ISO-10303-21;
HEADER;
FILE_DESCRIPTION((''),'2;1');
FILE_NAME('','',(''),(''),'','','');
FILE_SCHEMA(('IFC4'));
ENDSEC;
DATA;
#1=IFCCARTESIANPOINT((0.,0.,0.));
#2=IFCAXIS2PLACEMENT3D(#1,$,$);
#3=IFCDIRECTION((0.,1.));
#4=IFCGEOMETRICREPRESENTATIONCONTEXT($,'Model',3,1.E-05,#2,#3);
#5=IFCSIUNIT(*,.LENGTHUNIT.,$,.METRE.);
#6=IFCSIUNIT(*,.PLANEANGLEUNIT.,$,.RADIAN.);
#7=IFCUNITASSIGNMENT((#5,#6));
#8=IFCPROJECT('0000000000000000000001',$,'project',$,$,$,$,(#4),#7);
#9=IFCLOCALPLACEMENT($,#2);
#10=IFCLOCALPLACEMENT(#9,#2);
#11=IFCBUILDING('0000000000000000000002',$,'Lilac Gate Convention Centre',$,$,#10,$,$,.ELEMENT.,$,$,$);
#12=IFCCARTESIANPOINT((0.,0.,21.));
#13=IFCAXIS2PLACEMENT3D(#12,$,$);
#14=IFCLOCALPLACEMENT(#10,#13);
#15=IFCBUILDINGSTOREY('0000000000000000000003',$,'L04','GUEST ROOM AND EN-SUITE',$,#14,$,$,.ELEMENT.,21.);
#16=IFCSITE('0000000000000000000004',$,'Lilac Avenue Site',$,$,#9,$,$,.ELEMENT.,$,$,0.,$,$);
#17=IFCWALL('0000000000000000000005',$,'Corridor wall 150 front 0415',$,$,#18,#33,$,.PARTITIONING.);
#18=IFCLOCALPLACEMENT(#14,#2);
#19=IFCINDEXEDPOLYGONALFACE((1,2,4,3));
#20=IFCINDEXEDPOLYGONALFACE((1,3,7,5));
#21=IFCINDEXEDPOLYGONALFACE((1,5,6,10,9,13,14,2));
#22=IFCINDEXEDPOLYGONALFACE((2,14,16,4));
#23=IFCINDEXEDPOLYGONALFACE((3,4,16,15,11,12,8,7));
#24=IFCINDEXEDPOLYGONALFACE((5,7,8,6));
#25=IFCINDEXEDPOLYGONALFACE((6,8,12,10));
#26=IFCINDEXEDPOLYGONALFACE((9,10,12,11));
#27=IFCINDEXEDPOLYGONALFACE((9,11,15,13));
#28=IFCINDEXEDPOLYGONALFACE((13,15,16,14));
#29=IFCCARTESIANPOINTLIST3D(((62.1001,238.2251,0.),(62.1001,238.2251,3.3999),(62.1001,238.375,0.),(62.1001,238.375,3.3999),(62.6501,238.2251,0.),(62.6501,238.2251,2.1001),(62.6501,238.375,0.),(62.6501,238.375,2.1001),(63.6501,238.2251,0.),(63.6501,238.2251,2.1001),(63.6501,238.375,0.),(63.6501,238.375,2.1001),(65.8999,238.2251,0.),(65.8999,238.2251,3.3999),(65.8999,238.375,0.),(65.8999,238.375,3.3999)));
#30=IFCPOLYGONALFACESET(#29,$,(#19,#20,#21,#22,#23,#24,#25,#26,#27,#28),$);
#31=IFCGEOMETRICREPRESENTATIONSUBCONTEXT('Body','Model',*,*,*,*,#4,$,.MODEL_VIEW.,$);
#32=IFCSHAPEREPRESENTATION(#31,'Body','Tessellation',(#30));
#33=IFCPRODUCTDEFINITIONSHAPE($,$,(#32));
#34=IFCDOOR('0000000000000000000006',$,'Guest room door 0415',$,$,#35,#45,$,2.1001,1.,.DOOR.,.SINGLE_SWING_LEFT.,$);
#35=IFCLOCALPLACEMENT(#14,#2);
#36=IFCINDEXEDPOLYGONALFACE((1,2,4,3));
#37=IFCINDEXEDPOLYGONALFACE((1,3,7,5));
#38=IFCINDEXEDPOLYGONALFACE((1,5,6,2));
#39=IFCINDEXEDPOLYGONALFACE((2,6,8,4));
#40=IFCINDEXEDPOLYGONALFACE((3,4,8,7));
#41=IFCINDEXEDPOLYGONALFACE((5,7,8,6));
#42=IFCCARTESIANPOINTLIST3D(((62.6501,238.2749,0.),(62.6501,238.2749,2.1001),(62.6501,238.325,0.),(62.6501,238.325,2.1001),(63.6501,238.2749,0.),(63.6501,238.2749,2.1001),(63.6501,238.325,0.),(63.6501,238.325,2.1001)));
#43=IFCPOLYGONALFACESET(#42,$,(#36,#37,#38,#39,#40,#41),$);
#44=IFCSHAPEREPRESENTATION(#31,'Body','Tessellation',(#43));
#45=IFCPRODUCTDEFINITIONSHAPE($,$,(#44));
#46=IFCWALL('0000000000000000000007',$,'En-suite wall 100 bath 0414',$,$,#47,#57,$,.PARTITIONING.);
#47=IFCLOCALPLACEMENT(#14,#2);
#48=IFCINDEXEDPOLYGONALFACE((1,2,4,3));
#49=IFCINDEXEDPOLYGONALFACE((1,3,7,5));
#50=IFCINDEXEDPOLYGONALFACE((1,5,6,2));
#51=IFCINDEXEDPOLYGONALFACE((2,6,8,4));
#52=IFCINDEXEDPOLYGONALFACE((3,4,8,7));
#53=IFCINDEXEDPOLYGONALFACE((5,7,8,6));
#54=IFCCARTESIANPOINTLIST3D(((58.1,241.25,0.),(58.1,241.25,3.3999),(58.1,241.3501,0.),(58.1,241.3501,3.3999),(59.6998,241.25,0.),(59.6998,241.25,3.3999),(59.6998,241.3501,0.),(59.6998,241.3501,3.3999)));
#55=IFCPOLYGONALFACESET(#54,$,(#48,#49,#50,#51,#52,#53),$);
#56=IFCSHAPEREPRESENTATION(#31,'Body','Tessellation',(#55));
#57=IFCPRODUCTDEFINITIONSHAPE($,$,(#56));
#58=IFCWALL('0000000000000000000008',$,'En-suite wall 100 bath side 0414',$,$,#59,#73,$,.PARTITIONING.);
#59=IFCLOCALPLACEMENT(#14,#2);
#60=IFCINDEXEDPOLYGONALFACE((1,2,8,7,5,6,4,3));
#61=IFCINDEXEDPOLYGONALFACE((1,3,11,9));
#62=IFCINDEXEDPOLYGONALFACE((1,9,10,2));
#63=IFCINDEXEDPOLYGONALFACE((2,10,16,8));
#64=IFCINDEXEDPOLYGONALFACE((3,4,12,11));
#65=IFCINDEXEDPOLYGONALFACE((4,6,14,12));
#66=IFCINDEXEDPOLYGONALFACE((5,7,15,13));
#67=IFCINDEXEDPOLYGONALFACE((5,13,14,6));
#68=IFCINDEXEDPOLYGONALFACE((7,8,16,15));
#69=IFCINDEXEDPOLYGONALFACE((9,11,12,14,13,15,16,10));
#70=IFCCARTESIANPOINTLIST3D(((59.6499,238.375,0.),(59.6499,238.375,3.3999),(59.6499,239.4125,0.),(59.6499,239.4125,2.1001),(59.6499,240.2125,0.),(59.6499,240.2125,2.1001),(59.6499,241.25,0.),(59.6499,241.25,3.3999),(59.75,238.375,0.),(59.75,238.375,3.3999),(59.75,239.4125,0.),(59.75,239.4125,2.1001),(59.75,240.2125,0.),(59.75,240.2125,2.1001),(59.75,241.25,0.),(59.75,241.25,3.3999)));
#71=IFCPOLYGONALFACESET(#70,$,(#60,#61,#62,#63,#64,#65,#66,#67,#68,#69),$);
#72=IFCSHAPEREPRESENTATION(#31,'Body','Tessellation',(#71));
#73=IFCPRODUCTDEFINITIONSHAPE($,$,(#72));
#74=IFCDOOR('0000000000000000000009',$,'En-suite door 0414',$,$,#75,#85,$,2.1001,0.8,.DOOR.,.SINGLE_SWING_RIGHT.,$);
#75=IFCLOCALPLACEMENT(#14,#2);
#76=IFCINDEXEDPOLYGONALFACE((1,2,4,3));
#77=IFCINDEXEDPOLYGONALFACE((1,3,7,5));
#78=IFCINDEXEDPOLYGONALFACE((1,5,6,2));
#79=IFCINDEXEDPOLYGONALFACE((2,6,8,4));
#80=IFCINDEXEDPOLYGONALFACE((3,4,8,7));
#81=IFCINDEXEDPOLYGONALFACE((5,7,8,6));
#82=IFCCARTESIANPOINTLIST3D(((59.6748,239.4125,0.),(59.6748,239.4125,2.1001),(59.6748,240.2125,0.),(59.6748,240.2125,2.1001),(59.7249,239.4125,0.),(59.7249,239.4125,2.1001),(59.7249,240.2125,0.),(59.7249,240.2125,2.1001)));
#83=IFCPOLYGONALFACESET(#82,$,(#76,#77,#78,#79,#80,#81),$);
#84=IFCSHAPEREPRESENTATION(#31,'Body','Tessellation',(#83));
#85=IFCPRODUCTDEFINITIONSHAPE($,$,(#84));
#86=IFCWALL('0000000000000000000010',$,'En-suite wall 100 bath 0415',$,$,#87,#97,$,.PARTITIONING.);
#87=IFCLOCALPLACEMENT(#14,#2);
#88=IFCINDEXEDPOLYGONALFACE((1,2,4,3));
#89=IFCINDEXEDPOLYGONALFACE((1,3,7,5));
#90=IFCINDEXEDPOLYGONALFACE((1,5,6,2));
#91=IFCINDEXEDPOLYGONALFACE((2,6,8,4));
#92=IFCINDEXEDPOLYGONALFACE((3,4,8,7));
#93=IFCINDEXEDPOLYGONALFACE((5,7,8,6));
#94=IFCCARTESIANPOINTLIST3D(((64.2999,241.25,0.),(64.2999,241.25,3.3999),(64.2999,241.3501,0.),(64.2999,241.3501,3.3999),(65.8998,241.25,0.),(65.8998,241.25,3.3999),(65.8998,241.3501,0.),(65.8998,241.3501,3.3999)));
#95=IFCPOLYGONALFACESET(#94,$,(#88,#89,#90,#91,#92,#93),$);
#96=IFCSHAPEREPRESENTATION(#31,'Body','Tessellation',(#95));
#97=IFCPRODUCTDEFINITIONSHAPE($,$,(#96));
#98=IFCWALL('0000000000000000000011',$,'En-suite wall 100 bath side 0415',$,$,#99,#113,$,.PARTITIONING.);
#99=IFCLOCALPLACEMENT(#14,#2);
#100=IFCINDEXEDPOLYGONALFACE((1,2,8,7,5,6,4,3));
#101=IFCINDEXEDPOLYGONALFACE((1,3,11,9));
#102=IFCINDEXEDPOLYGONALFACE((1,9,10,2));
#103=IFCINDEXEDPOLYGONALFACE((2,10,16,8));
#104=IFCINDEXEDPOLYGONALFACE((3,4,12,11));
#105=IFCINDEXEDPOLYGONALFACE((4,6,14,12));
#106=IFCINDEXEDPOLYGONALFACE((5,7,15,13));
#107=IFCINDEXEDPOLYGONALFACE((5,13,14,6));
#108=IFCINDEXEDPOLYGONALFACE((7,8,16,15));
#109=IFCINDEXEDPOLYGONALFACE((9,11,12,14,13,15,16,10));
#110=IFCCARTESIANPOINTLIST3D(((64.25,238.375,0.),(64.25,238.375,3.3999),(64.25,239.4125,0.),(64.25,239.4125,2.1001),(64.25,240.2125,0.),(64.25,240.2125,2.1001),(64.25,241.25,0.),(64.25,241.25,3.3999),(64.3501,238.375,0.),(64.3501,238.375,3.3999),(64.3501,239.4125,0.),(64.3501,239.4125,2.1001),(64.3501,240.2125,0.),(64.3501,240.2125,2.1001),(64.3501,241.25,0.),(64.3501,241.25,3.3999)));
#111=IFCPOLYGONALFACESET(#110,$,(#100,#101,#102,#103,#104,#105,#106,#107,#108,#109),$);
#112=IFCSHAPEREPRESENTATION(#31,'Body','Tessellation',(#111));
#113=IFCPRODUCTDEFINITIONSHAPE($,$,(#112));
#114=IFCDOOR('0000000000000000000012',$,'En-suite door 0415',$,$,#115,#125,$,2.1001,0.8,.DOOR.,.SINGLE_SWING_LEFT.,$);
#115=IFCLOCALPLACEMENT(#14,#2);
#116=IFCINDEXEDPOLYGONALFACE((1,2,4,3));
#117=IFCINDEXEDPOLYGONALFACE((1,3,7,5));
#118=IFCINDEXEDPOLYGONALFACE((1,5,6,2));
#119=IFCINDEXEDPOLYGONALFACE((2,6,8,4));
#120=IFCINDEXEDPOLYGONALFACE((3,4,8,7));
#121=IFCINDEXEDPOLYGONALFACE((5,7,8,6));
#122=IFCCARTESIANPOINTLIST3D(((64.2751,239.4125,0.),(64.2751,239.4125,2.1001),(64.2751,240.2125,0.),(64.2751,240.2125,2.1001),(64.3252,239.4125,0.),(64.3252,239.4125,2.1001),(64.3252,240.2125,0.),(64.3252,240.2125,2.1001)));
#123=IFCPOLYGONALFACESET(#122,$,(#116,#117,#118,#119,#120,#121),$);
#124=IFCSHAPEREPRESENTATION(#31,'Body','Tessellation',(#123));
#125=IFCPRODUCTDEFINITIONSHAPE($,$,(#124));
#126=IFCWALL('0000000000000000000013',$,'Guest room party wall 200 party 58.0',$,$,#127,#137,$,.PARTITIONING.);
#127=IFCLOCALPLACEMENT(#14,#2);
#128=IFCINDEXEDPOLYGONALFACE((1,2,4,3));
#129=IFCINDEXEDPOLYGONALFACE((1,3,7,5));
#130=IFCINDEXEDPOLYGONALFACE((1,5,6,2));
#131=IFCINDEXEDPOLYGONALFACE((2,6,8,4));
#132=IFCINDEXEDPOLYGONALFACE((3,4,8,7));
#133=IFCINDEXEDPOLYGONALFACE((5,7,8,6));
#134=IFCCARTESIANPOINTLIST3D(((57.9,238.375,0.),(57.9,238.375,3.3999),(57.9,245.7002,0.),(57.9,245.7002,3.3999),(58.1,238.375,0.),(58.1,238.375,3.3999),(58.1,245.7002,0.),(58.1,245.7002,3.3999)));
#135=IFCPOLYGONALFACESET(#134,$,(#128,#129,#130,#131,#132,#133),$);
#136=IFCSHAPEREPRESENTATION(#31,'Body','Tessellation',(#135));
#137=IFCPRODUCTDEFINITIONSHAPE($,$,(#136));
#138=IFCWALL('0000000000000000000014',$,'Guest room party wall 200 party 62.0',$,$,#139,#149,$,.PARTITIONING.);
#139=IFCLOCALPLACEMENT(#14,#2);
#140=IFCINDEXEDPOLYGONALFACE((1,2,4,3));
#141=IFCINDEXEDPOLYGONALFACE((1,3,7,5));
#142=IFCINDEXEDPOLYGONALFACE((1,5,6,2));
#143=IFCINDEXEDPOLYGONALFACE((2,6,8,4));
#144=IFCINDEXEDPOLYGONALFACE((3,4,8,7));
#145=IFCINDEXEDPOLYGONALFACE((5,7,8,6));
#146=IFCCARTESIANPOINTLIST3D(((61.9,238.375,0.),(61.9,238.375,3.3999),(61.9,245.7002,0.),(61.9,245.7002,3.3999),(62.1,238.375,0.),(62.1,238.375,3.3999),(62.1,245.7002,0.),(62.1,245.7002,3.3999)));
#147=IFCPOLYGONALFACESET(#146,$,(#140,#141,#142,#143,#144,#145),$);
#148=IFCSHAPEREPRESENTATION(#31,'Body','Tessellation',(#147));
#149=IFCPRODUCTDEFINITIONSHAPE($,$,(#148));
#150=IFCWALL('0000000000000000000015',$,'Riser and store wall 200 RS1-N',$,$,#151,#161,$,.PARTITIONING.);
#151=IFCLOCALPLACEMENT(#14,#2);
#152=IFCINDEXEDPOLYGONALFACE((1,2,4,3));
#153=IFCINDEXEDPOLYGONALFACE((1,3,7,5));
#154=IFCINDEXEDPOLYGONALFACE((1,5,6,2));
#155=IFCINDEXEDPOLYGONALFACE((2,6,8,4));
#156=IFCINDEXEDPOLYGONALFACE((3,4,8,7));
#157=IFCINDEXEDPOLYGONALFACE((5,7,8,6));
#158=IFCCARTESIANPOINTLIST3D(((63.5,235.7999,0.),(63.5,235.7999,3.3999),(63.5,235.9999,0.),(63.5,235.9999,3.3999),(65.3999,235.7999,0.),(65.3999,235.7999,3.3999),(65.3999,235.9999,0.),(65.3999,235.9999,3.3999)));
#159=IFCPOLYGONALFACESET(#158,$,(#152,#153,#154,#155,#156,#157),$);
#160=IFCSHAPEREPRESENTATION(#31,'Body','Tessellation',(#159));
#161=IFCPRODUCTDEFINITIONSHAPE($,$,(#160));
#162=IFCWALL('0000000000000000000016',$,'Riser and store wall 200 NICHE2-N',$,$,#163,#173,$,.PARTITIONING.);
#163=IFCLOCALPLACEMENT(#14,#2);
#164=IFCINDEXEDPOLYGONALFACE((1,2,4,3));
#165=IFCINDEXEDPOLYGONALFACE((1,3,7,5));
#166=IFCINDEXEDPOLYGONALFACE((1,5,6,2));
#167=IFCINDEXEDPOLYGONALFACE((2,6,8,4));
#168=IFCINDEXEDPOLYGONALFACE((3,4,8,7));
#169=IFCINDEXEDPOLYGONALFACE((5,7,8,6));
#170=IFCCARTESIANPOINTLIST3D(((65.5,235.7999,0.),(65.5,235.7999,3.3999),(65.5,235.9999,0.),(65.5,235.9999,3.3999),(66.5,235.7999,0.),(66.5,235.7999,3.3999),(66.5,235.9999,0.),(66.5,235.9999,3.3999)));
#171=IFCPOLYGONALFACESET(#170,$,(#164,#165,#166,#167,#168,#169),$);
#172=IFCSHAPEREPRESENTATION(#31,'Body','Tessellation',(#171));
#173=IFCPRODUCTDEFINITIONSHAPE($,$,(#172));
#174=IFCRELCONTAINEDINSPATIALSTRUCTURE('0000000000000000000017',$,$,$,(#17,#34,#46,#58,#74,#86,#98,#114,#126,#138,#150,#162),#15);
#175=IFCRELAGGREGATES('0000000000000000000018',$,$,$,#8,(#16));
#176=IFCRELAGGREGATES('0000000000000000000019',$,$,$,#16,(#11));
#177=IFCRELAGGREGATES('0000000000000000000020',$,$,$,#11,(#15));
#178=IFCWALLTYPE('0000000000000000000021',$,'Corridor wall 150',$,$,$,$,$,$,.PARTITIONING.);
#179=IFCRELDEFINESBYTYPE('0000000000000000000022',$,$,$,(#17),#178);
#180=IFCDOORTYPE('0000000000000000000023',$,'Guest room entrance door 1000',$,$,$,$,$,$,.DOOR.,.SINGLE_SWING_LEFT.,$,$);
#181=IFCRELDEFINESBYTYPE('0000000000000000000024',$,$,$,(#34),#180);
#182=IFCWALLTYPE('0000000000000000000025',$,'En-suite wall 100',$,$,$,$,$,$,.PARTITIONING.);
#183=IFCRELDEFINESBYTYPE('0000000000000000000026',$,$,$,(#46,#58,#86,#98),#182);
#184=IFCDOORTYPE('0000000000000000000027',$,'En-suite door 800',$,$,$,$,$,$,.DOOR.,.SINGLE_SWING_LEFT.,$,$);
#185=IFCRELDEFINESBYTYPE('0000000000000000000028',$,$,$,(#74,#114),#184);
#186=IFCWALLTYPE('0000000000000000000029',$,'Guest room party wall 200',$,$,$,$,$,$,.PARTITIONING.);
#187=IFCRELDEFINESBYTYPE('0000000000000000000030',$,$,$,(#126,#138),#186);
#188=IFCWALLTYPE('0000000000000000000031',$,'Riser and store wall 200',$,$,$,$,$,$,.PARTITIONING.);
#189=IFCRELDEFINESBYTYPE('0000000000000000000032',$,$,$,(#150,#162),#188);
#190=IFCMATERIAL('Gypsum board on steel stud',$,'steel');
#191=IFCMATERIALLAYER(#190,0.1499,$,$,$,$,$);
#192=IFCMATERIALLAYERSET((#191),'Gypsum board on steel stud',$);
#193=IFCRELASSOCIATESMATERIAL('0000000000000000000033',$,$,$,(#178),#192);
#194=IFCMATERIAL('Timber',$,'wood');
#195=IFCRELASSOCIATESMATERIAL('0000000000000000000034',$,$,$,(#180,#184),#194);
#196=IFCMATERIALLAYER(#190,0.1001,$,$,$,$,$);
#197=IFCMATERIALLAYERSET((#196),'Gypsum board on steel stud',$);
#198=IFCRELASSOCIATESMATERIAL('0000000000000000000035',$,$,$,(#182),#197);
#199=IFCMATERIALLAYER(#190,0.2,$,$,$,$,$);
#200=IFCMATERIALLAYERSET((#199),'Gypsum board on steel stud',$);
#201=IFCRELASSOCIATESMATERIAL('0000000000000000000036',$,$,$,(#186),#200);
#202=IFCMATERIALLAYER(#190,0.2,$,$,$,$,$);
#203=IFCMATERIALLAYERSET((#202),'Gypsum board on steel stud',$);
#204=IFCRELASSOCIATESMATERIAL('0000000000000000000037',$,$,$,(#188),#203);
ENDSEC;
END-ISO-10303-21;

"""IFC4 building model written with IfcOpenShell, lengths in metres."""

from ifc_helpers import new_model, si_unit, direction, frame, frame_2d, origin, place, context, subcontext, project, spatial, rectangle, extrude, material, layer, layer_set, type_object, element, fill, save


model = new_model("IFC4")

# Units and contexts
model_context = context("Model", 3, precision=1e-05, world=origin(), true_north=direction((0.0, 1.0)))
body_context = subcontext(model_context, "Body", "Model", "MODEL_VIEW")
ifc_project = project(units=[si_unit("LENGTHUNIT", "METRE"), si_unit("PLANEANGLEUNIT", "RADIAN")], contexts=[model_context])

# Site, building, storey
site_placement = place(None, origin())
site = spatial("IfcSite", under=ifc_project, at=site_placement, Name="Lilac Avenue Site", CompositionType="ELEMENT", RefElevation=0.0)
building_placement = place(site_placement, origin())
building = spatial("IfcBuilding", under=site, at=building_placement, Name="Lilac Gate Convention Centre", CompositionType="ELEMENT")
storey_placement = place(building_placement, frame((0.0, 0.0, 21.0)))
storey = spatial("IfcBuildingStorey", under=building, at=storey_placement, Name="L04", Description="GUEST ROOM AND EN-SUITE", CompositionType="ELEMENT", Elevation=21.0)

# Wall, opening, door
ifc_material_1 = material(Name="Gypsum board on steel stud", Category="steel")
ifc_layer_1 = layer(ifc_material_1, 0.1499)
ifc_layer_set_1 = layer_set([ifc_layer_1], Name="Gypsum board on steel stud")
wall_type_1 = type_object("IfcWallType", Name="Corridor wall 150", PredefinedType="PARTITIONING", material=ifc_layer_set_1)
ifc_material_2 = material(Name="Timber", Category="wood")
door_type_1 = type_object("IfcDoorType", Name="Guest room entrance door 1000", OperationType="SINGLE_SWING_LEFT", PredefinedType="DOOR", material=ifc_material_2)
wall_1_placement = place(storey_placement, frame((62.1001, 238.3, 0.0), z_axis=(0.0, 0.0, 1.0), x_axis=(1.0, 0.0, 0.0)))
wall_1 = element("IfcWall", 1, at=wall_1_placement, inside=storey, type_object=wall_type_1, Name="Corridor wall 150 front 0415", PredefinedType="PARTITIONING", context=body_context, shape_type="SweptSolid", body=[
    extrude(rectangle(XDim=3.7998, YDim=0.1499, at=frame_2d((1.8999, 0.0))), origin(), (0.0, 0.0, 1.0), 3.3999),
])
opening_1_placement = place(wall_1_placement, frame((0.55, 0.0, 0.0)))
opening_1 = element("IfcOpeningElement", 2, at=opening_1_placement, cuts=wall_1, PredefinedType="OPENING", context=body_context, shape_type="SweptSolid", body=[
    extrude(rectangle(XDim=1.0, YDim=2.1001, at=frame_2d((0.5, 1.05))), frame((0.0, 0.085, 0.0), z_axis=(0.0, -1.0, 0.0), x_axis=(1.0, 0.0, 0.0)), (0.0, 0.0, 1.0), 0.1699),
])
door_1_placement = place(opening_1_placement, origin())
door_1 = element("IfcDoor", 3, at=door_1_placement, inside=storey, type_object=door_type_1, Name="Guest room door 0415", OperationType="SINGLE_SWING_LEFT", OverallHeight=2.1001, OverallWidth=1.0, PredefinedType="DOOR", context=body_context, shape_type="SweptSolid", body=[
    extrude(rectangle(XDim=1.0, YDim=2.1001, at=frame_2d((0.5, 1.05))), frame((0.0, 0.0249, 0.0), z_axis=(0.0, -1.0, 0.0), x_axis=(1.0, 0.0, 0.0)), (0.0, 0.0, 1.0), 0.05),
])
fill(opening_1, door_1)

# Wall
ifc_layer_2 = layer(ifc_material_1, 0.1001)
ifc_layer_set_2 = layer_set([ifc_layer_2], Name="Gypsum board on steel stud")
wall_type_2 = type_object("IfcWallType", Name="En-suite wall 100", PredefinedType="PARTITIONING", material=ifc_layer_set_2)
wall_2_placement = place(storey_placement, frame((58.1001, 241.3, 0.0), z_axis=(0.0, 0.0, 1.0), x_axis=(1.0, 0.0, 0.0)))
element("IfcWall", 4, at=wall_2_placement, inside=storey, type_object=wall_type_2, Name="En-suite wall 100 bath 0414", PredefinedType="PARTITIONING", context=body_context, shape_type="SweptSolid", body=[
    extrude(rectangle(XDim=1.5999, YDim=0.1001, at=frame_2d((0.7998, 0.0))), origin(), (0.0, 0.0, 1.0), 3.3999),
])

# Wall, opening, door
wall_3_placement = place(storey_placement, frame((59.7, 241.25, 0.0), z_axis=(0.0, 0.0, 1.0), x_axis=(0.0, -1.0, 0.0)))
wall_3 = element("IfcWall", 5, at=wall_3_placement, inside=storey, type_object=wall_type_2, Name="En-suite wall 100 bath side 0414", PredefinedType="PARTITIONING", context=body_context, shape_type="SweptSolid", body=[
    extrude(rectangle(XDim=2.875, YDim=0.1001, at=frame_2d((1.4375, 0.0))), origin(), (0.0, 0.0, 1.0), 3.3999),
])
opening_2_placement = place(wall_3_placement, frame((1.0376, 0.0, 0.0)))
opening_2 = element("IfcOpeningElement", 6, at=opening_2_placement, cuts=wall_3, PredefinedType="OPENING", context=body_context, shape_type="SweptSolid", body=[
    extrude(rectangle(XDim=0.8, YDim=2.1001, at=frame_2d((0.3999, 1.05))), frame((0.0, 0.0601, 0.0), z_axis=(0.0, -1.0, 0.0), x_axis=(1.0, 0.0, 0.0)), (0.0, 0.0, 1.0), 0.1201),
])
door_type_2 = type_object("IfcDoorType", Name="En-suite door 800", OperationType="SINGLE_SWING_LEFT", PredefinedType="DOOR", material=ifc_material_2)
door_2_placement = place(opening_2_placement, origin())
door_2 = element("IfcDoor", 7, at=door_2_placement, inside=storey, type_object=door_type_2, Name="En-suite door 0414", OperationType="SINGLE_SWING_RIGHT", OverallHeight=2.1001, OverallWidth=0.8, PredefinedType="DOOR", context=body_context, shape_type="SweptSolid", body=[
    extrude(rectangle(XDim=0.8, YDim=2.1001, at=frame_2d((0.3999, 1.05))), frame((0.0, 0.0249, 0.0), z_axis=(0.0, -1.0, 0.0), x_axis=(1.0, 0.0, 0.0)), (0.0, 0.0, 1.0), 0.05),
])
fill(opening_2, door_2)

# Wall
wall_4_placement = place(storey_placement, frame((64.3, 241.3, 0.0), z_axis=(0.0, 0.0, 1.0), x_axis=(1.0, 0.0, 0.0)))
element("IfcWall", 8, at=wall_4_placement, inside=storey, type_object=wall_type_2, Name="En-suite wall 100 bath 0415", PredefinedType="PARTITIONING", context=body_context, shape_type="SweptSolid", body=[
    extrude(rectangle(XDim=1.5999, YDim=0.1001, at=frame_2d((0.7998, 0.0))), origin(), (0.0, 0.0, 1.0), 3.3999),
])

# Wall, opening, door
wall_5_placement = place(storey_placement, frame((64.3, 238.375, 0.0), z_axis=(0.0, 0.0, 1.0), x_axis=(0.0, 1.0, 0.0)))
wall_5 = element("IfcWall", 9, at=wall_5_placement, inside=storey, type_object=wall_type_2, Name="En-suite wall 100 bath side 0415", PredefinedType="PARTITIONING", context=body_context, shape_type="SweptSolid", body=[
    extrude(rectangle(XDim=2.875, YDim=0.1001, at=frame_2d((1.4375, 0.0))), origin(), (0.0, 0.0, 1.0), 3.3999),
])
opening_3_placement = place(wall_5_placement, frame((1.0376, 0.0, 0.0)))
opening_3 = element("IfcOpeningElement", 10, at=opening_3_placement, cuts=wall_5, PredefinedType="OPENING", context=body_context, shape_type="SweptSolid", body=[
    extrude(rectangle(XDim=0.8, YDim=2.1001, at=frame_2d((0.3999, 1.05))), frame((0.0, 0.0601, 0.0), z_axis=(0.0, -1.0, 0.0), x_axis=(1.0, 0.0, 0.0)), (0.0, 0.0, 1.0), 0.1201),
])
door_3_placement = place(opening_3_placement, origin())
door_3 = element("IfcDoor", 11, at=door_3_placement, inside=storey, type_object=door_type_2, Name="En-suite door 0415", OperationType="SINGLE_SWING_LEFT", OverallHeight=2.1001, OverallWidth=0.8, PredefinedType="DOOR", context=body_context, shape_type="SweptSolid", body=[
    extrude(rectangle(XDim=0.8, YDim=2.1001, at=frame_2d((0.3999, 1.05))), frame((0.0, 0.0249, 0.0), z_axis=(0.0, -1.0, 0.0), x_axis=(1.0, 0.0, 0.0)), (0.0, 0.0, 1.0), 0.05),
])
fill(opening_3, door_3)

# Walls
ifc_layer_3 = layer(ifc_material_1, 0.2)
ifc_layer_set_3 = layer_set([ifc_layer_3], Name="Gypsum board on steel stud")
wall_type_3 = type_object("IfcWallType", Name="Guest room party wall 200", PredefinedType="PARTITIONING", material=ifc_layer_set_3)
for number, where, z_axis, x_axis, name in (
    (12, (58.0, 245.7002, 0.0), (0.0, 0.0, 1.0), (0.0, -1.0, 0.0), "Guest room party wall 200 party 58.0"),
    (13, (62.0, 245.7002, 0.0), (0.0, 0.0, 1.0), (0.0, -1.0, 0.0), "Guest room party wall 200 party 62.0"),
):
    element("IfcWall", number, at=place(storey_placement, frame(where, z_axis=z_axis, x_axis=x_axis)), inside=storey, type_object=wall_type_3, Name=name, PredefinedType="PARTITIONING", context=body_context, shape_type="SweptSolid", body=[
        extrude(rectangle(XDim=7.3252, YDim=0.2, at=frame_2d((3.6626, 0.0))), origin(), (0.0, 0.0, 1.0), 3.3999),
    ])
ifc_layer_4 = layer(ifc_material_1, 0.2)
ifc_layer_set_4 = layer_set([ifc_layer_4], Name="Gypsum board on steel stud")
wall_type_4 = type_object("IfcWallType", Name="Riser and store wall 200", PredefinedType="PARTITIONING", material=ifc_layer_set_4)
wall_6_placement = place(storey_placement, frame((63.5, 235.8999, 0.0), z_axis=(0.0, 0.0, 1.0), x_axis=(1.0, 0.0, 0.0)))
element("IfcWall", 14, at=wall_6_placement, inside=storey, type_object=wall_type_4, Name="Riser and store wall 200 RS1-N", PredefinedType="PARTITIONING", context=body_context, shape_type="SweptSolid", body=[
    extrude(rectangle(XDim=1.8999, YDim=0.2, at=frame_2d((0.95, 0.0))), origin(), (0.0, 0.0, 1.0), 3.3999),
])
wall_7_placement = place(storey_placement, frame((65.5, 235.8999, 0.0), z_axis=(0.0, 0.0, 1.0), x_axis=(1.0, 0.0, 0.0)))
element("IfcWall", 15, at=wall_7_placement, inside=storey, type_object=wall_type_4, Name="Riser and store wall 200 NICHE2-N", PredefinedType="PARTITIONING", context=body_context, shape_type="SweptSolid", body=[
    extrude(rectangle(XDim=1.0, YDim=0.2, at=frame_2d((0.5, 0.0))), origin(), (0.0, 0.0, 1.0), 3.3999),
])

save(model, "model.ifc")
